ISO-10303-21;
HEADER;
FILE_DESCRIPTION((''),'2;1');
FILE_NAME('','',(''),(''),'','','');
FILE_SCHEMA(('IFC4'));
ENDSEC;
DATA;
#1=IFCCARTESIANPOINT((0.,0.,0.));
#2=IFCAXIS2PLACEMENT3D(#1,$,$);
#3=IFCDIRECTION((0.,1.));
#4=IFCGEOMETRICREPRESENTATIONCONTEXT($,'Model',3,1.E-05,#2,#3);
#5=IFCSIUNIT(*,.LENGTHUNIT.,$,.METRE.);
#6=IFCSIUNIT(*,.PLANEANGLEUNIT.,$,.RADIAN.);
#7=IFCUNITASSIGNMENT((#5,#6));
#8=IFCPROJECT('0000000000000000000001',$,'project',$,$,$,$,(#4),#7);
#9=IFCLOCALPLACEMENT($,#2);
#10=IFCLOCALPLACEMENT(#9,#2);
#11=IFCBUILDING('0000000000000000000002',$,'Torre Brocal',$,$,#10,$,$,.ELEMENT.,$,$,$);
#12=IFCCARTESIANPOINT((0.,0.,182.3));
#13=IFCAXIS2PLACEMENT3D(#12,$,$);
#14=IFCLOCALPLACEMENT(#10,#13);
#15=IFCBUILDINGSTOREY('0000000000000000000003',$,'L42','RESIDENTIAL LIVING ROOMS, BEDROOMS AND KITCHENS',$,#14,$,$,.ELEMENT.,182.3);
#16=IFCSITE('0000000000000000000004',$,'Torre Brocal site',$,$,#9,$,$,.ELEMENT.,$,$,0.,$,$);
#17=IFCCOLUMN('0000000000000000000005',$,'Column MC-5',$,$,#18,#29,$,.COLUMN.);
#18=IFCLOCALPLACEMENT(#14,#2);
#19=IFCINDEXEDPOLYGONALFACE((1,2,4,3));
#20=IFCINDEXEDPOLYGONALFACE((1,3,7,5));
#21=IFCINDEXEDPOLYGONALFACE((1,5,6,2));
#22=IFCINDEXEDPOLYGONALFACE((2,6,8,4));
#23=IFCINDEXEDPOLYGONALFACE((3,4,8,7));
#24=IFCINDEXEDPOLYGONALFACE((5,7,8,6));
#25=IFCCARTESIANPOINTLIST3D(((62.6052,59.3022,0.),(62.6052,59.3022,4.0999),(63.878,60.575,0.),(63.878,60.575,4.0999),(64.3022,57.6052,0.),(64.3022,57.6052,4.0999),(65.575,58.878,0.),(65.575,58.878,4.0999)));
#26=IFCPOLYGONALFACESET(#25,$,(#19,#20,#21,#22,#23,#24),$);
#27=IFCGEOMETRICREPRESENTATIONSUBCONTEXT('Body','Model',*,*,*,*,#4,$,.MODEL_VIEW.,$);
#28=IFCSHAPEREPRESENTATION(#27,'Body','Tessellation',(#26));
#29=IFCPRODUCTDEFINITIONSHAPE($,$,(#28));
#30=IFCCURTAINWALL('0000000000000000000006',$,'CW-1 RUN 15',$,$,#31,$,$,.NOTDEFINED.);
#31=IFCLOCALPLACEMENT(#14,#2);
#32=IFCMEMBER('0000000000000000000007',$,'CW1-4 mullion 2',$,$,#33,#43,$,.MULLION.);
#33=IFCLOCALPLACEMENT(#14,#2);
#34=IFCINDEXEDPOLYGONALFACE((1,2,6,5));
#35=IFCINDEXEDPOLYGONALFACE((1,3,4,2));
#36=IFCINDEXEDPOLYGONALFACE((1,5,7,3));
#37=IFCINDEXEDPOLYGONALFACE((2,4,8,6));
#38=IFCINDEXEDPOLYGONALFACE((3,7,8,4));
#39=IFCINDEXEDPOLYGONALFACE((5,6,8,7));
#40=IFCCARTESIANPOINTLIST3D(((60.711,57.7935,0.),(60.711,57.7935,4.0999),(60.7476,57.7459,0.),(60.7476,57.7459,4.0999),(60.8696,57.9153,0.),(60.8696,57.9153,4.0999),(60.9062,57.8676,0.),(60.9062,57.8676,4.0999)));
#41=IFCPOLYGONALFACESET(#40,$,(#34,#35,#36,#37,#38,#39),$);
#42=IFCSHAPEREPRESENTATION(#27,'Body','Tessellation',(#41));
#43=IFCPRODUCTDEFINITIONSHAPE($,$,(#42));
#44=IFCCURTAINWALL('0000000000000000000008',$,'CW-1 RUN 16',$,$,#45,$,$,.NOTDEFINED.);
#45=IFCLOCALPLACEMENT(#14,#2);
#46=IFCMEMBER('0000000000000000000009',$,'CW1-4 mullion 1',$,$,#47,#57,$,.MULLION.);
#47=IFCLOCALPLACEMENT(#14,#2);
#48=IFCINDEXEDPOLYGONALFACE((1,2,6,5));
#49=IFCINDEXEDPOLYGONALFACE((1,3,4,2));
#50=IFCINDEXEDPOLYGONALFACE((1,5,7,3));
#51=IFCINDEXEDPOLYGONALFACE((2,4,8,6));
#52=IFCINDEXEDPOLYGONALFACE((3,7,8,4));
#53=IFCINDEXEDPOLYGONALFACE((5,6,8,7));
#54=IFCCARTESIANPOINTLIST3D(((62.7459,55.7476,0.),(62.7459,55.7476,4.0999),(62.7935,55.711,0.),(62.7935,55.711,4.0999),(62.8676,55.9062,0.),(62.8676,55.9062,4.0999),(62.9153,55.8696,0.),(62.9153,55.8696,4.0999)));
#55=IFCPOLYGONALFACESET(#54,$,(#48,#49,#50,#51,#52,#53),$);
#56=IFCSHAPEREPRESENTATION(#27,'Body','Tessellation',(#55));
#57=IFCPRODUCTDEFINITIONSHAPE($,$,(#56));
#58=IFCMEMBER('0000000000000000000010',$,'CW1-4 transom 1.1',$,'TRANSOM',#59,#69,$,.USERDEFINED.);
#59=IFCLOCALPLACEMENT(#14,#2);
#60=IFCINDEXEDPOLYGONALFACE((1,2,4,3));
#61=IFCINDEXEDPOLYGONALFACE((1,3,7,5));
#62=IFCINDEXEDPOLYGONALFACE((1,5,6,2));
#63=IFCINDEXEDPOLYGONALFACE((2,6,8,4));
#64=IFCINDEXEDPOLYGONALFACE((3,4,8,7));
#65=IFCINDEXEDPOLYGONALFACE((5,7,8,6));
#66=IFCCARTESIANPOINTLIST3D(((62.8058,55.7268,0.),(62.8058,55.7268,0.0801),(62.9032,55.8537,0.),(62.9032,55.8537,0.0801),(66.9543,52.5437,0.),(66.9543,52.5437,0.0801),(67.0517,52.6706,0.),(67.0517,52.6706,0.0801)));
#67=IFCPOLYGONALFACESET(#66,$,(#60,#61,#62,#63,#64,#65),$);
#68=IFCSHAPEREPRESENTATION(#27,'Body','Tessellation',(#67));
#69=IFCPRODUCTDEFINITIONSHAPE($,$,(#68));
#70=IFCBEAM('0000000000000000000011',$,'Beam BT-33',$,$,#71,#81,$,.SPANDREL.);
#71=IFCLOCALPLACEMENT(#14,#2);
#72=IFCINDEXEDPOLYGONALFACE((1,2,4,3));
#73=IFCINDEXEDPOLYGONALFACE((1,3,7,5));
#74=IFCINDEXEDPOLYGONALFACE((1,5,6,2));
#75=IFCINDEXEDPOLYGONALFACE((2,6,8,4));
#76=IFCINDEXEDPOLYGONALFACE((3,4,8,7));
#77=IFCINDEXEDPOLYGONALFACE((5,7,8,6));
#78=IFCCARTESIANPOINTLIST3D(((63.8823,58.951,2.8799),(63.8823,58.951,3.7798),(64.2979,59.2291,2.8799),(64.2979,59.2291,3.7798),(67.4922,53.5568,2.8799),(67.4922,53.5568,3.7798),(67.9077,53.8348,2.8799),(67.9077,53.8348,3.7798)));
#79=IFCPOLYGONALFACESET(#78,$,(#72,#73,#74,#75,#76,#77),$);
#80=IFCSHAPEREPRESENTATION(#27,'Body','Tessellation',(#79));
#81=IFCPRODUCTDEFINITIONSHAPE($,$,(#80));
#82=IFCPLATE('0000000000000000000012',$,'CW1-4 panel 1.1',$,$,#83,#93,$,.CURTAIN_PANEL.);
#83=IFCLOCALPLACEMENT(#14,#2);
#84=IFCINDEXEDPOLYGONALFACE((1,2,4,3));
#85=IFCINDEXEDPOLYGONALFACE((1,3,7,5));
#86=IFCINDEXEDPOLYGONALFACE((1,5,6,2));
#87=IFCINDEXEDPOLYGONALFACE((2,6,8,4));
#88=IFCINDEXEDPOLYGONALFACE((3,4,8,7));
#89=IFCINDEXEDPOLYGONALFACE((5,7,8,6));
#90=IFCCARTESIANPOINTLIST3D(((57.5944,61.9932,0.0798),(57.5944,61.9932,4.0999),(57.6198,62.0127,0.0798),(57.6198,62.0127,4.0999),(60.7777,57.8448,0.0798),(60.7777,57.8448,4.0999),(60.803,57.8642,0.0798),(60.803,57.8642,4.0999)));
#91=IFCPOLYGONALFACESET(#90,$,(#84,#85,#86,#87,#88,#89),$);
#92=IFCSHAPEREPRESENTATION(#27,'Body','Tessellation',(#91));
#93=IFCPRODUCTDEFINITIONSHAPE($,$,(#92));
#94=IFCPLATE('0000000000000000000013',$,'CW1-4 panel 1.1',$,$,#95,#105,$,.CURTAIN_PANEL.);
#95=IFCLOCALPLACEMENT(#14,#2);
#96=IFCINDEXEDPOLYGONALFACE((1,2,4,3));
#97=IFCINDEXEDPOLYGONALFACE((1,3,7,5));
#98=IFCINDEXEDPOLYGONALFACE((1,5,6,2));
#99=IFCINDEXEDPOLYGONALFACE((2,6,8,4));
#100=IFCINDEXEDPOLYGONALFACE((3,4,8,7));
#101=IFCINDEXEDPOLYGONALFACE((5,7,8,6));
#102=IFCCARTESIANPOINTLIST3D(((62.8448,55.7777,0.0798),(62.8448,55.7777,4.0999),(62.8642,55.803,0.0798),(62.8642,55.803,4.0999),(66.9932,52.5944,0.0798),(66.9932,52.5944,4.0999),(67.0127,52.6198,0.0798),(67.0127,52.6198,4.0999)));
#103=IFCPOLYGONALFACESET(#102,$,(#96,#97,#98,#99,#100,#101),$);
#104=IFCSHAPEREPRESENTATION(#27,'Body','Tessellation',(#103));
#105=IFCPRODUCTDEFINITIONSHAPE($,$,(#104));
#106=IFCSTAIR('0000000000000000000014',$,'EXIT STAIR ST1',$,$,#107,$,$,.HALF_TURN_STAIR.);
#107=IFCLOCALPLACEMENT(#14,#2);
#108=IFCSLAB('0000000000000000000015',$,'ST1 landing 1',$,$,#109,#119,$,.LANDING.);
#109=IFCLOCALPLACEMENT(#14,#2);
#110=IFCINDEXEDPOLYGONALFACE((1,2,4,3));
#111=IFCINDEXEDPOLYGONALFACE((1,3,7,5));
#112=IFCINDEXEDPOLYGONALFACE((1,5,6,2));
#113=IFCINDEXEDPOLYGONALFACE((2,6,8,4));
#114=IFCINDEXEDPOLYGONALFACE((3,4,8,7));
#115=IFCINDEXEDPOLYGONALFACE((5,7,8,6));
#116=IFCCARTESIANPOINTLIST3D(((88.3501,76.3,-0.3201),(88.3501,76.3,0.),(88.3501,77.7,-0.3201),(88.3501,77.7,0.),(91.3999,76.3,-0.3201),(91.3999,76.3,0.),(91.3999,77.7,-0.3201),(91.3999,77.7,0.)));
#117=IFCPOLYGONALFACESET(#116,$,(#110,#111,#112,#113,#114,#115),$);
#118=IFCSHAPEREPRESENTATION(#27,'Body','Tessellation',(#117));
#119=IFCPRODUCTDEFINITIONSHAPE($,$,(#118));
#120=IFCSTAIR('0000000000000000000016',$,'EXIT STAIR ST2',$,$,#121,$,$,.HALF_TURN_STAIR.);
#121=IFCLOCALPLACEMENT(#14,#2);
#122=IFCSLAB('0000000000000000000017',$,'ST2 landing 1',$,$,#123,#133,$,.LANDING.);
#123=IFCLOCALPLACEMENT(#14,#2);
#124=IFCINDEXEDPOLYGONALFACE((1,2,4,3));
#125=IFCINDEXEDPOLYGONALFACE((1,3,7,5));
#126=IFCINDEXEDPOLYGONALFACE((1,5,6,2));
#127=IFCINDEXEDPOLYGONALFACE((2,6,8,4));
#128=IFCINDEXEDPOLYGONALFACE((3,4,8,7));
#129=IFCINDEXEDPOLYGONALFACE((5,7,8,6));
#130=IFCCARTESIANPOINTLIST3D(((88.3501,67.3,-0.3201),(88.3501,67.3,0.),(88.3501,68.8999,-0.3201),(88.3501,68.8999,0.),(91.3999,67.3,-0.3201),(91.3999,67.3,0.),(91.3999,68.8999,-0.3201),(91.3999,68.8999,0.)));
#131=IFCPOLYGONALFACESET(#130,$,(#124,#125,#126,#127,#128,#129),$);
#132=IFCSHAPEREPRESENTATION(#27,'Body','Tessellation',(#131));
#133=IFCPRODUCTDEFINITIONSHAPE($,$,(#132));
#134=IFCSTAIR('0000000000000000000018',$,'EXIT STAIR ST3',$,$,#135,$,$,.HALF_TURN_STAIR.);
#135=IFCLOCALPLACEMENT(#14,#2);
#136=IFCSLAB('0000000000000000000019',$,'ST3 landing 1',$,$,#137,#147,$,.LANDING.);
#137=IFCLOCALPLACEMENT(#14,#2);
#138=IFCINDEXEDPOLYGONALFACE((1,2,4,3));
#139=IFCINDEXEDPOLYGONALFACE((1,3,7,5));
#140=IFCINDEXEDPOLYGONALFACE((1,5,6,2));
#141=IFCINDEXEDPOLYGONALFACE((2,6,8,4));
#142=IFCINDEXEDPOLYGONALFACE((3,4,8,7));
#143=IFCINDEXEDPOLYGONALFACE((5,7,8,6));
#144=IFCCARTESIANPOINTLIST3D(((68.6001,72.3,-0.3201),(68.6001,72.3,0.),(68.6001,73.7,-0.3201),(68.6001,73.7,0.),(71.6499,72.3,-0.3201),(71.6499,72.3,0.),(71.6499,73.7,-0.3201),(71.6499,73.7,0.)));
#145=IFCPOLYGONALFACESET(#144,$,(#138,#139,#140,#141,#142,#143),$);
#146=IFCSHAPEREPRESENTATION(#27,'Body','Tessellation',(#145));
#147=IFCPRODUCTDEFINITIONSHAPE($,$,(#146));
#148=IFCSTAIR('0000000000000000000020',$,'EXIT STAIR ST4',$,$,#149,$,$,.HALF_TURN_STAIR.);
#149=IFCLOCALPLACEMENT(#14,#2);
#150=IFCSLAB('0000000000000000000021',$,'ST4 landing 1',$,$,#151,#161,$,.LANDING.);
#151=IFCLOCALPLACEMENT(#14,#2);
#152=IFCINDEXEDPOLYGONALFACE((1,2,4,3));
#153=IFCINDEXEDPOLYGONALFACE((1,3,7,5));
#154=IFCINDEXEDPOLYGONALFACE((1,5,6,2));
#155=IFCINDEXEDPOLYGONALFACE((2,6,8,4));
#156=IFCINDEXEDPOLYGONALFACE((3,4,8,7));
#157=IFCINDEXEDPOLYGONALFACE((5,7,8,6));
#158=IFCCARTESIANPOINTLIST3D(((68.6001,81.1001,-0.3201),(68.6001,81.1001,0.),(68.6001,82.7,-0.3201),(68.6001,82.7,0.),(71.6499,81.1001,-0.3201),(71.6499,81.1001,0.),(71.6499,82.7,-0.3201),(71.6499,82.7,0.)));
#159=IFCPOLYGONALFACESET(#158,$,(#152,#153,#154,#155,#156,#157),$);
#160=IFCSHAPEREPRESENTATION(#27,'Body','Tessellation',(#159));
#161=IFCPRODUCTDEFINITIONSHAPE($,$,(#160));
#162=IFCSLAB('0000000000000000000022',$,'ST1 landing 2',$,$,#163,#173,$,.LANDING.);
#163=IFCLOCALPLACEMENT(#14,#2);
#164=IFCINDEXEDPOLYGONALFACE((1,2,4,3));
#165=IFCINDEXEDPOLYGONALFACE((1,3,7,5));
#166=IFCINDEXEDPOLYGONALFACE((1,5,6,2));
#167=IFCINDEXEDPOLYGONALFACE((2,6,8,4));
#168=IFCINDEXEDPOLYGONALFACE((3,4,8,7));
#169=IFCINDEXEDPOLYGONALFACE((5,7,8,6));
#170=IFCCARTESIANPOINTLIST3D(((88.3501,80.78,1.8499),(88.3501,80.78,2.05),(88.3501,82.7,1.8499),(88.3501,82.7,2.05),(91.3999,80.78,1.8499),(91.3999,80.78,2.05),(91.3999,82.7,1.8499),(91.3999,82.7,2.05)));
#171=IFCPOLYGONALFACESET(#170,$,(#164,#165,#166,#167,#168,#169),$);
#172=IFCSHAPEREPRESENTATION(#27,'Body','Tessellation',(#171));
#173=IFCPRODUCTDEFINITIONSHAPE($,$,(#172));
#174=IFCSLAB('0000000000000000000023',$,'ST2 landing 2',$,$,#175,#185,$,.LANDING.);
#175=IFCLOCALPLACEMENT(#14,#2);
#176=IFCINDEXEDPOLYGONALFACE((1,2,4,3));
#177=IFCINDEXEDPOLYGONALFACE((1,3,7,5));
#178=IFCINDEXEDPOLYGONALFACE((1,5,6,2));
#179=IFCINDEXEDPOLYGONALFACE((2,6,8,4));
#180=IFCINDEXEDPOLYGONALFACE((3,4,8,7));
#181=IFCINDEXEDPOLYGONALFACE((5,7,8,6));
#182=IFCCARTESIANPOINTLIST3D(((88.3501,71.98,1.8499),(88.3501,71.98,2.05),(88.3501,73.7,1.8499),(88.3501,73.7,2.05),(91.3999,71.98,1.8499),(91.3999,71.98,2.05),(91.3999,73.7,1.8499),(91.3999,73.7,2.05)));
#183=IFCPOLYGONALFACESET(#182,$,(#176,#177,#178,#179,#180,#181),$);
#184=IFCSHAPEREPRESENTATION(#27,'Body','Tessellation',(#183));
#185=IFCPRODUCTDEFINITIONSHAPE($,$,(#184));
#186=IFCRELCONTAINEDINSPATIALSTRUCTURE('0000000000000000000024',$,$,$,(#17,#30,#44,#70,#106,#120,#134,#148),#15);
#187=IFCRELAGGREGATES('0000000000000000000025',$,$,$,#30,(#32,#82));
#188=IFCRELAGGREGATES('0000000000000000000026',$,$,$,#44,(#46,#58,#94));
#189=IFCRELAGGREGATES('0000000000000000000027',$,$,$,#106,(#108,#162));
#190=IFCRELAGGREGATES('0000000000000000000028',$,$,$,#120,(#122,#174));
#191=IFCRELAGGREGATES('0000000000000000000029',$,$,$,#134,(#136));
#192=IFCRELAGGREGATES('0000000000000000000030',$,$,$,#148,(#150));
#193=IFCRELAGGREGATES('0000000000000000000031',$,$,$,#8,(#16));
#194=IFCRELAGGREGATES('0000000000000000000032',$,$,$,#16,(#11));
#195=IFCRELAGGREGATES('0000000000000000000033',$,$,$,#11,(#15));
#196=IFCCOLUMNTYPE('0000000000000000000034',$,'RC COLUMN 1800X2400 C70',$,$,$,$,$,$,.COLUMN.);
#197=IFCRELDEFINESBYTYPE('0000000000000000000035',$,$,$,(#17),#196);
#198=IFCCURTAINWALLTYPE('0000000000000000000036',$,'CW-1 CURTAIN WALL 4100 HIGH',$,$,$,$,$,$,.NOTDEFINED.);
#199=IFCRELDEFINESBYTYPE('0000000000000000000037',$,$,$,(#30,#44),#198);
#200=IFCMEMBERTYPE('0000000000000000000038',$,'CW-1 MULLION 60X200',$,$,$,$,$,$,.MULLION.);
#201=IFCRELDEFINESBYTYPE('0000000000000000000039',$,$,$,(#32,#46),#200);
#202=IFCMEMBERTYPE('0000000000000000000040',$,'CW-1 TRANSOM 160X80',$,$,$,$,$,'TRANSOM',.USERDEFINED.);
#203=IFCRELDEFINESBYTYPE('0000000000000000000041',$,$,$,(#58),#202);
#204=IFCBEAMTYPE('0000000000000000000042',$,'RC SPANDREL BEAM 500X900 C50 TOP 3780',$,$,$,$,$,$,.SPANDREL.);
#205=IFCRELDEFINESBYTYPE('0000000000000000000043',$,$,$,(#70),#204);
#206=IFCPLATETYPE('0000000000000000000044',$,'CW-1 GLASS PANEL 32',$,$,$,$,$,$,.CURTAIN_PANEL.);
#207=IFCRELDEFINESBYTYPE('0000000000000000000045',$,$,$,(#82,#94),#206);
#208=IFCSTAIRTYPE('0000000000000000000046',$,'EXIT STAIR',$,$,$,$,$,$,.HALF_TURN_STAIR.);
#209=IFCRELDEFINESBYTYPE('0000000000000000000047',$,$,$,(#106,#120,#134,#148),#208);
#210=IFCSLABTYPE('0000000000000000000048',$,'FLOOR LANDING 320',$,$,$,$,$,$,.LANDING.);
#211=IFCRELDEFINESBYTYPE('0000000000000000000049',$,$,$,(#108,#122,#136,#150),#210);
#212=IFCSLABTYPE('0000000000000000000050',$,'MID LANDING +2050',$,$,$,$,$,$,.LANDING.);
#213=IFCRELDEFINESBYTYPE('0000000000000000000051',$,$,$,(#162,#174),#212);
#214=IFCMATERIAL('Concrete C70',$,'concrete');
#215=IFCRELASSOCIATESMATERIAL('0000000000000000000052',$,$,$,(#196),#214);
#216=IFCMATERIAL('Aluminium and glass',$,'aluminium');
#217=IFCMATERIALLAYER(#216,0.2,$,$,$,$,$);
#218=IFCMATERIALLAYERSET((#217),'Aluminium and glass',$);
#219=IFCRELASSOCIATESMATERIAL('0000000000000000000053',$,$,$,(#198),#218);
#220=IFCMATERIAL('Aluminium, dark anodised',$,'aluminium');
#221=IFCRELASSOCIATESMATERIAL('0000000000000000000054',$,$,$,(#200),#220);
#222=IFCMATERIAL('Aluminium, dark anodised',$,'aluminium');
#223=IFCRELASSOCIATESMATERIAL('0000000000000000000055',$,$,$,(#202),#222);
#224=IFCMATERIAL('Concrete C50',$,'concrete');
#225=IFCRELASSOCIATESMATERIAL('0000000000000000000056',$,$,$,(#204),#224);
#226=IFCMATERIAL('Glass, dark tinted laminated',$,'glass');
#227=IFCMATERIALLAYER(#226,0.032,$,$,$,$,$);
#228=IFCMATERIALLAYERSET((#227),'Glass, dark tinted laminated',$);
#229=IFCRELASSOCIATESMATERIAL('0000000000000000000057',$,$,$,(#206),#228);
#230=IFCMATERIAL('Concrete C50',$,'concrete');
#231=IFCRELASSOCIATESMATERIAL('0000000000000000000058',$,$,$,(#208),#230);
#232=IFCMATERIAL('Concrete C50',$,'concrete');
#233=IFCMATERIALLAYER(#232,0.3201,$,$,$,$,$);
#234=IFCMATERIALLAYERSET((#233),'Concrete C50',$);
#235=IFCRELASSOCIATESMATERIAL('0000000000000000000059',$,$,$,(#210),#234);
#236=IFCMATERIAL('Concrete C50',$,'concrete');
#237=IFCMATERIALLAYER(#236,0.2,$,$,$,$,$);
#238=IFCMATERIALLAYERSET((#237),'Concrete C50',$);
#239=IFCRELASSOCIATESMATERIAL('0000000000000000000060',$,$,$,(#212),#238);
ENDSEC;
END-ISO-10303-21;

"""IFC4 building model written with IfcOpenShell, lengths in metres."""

from ifc_helpers import new_model, si_unit, direction, frame, origin, origin_2d, place, context, subcontext, project, spatial, polyline, rectangle, outline, extrude, material, layer, layer_set, material_profile, profile_set, type_object, element, aggregate, save


model = new_model("IFC4")

# Units and contexts
model_context = context("Model", 3, precision=1e-05, world=origin(), true_north=direction((0.0, 1.0)))
body_context = subcontext(model_context, "Body", "Model", "MODEL_VIEW")
ifc_project = project(units=[si_unit("LENGTHUNIT", "METRE"), si_unit("PLANEANGLEUNIT", "RADIAN")], contexts=[model_context])

# Site, building, storey
site_placement = place(None, origin())
site = spatial("IfcSite", under=ifc_project, at=site_placement, Name="Torre Brocal site", CompositionType="ELEMENT", RefElevation=0.0)
building_placement = place(site_placement, origin())
building = spatial("IfcBuilding", under=site, at=building_placement, Name="Torre Brocal", CompositionType="ELEMENT")
storey_placement = place(building_placement, frame((0.0, 0.0, 182.3)))
storey = spatial("IfcBuildingStorey", under=building, at=storey_placement, Name="L42", Description="RESIDENTIAL LIVING ROOMS, BEDROOMS AND KITCHENS", CompositionType="ELEMENT", Elevation=182.3)

# Column
ifc_material_1 = material(Name="Concrete C70", Category="concrete")
ifc_material_profile_1 = material_profile(ifc_material_1, rectangle(XDim=1.8, YDim=2.3999, at=origin_2d()), Name="RC 1800X2400")
ifc_profile_set_1 = profile_set([ifc_material_profile_1], Name="Concrete C70")
column_type = type_object("IfcColumnType", Name="RC COLUMN 1800X2400 C70", PredefinedType="COLUMN", material=ifc_profile_set_1)
column_placement = place(storey_placement, frame((64.0901, 59.0901, 0.0), z_axis=(0.0, 0.0, 1.0), x_axis=(-0.707107, -0.707107, 0.0)))
element("IfcColumn", 1, at=column_placement, inside=storey, type_object=column_type, Name="Column MC-5", PredefinedType="COLUMN", context=body_context, shape_type="SweptSolid", body=[
    extrude(rectangle(XDim=1.8, YDim=2.3999, at=origin_2d()), origin(), (0.0, 0.0, 1.0), 4.0999),
])

# Curtain wall, member
ifc_material_2 = material(Name="Aluminium and glass", Category="aluminium")
ifc_layer_1 = layer(ifc_material_2, 0.2)
ifc_layer_set_1 = layer_set([ifc_layer_1], Name="Aluminium and glass")
curtain_wall_type = type_object("IfcCurtainWallType", Name="CW-1 CURTAIN WALL 4100 HIGH", PredefinedType="NOTDEFINED", material=ifc_layer_set_1)
curtain_wall_1_placement = place(storey_placement, origin())
curtain_wall_1 = element("IfcCurtainWall", 2, at=curtain_wall_1_placement, inside=storey, type_object=curtain_wall_type, Name="CW-1 RUN 15", PredefinedType="NOTDEFINED")
ifc_material_3 = material(Name="Aluminium, dark anodised", Category="aluminium")
ifc_material_profile_2 = material_profile(ifc_material_3, rectangle(XDim=0.2, YDim=0.0601, at=origin_2d()), Name="CW-1 MULLION 60X200")
ifc_profile_set_2 = profile_set([ifc_material_profile_2], Name="Aluminium, dark anodised")
member_type_1 = type_object("IfcMemberType", Name="CW-1 MULLION 60X200", PredefinedType="MULLION", material=ifc_profile_set_2)
member_1_placement = place(storey_placement, frame((60.8086, 57.8306, 0.0), z_axis=(0.0, 0.0, 1.0), x_axis=(0.793353, 0.608761, 0.0)))
member_1 = element("IfcMember", 3, at=member_1_placement, type_object=member_type_1, Name="CW1-4 mullion 2", PredefinedType="MULLION", context=body_context, shape_type="SweptSolid", body=[
    extrude(rectangle(XDim=0.2, YDim=0.0601, at=origin_2d()), origin(), (0.0, 0.0, 1.0), 4.0999),
])

# Curtain wall, members
curtain_wall_2_placement = place(storey_placement, origin())
curtain_wall_2 = element("IfcCurtainWall", 4, at=curtain_wall_2_placement, inside=storey, type_object=curtain_wall_type, Name="CW-1 RUN 16", PredefinedType="NOTDEFINED")
member_2_placement = place(storey_placement, frame((62.8306, 55.8086, 0.0), z_axis=(0.0, 0.0, 1.0), x_axis=(0.608761, 0.793353, 0.0)))
member_2 = element("IfcMember", 5, at=member_2_placement, type_object=member_type_1, Name="CW1-4 mullion 1", PredefinedType="MULLION", context=body_context, shape_type="SweptSolid", body=[
    extrude(rectangle(XDim=0.2, YDim=0.0601, at=origin_2d()), origin(), (0.0, 0.0, 1.0), 4.0999),
])
ifc_material_4 = material(Name="Aluminium, dark anodised", Category="aluminium")
ifc_material_profile_3 = material_profile(ifc_material_4, rectangle(XDim=0.1599, YDim=0.0801, at=origin_2d()), Name="CW-1 TRANSOM 160X80")
ifc_profile_set_3 = profile_set([ifc_material_profile_3], Name="Aluminium, dark anodised")
member_type_2 = type_object("IfcMemberType", Name="CW-1 TRANSOM 160X80", ElementType="TRANSOM", PredefinedType="USERDEFINED", material=ifc_profile_set_3)
member_3_placement = place(storey_placement, frame((62.8545, 55.7903, 0.04), z_axis=(0.793363, -0.608749, 0.0), x_axis=(0.608749, 0.793363, 0.0)))
member_3 = element("IfcMember", 6, at=member_3_placement, type_object=member_type_2, Name="CW1-4 transom 1.1", ObjectType="TRANSOM", PredefinedType="USERDEFINED", context=body_context, shape_type="SweptSolid", body=[
    extrude(rectangle(XDim=0.1599, YDim=0.0801, at=origin_2d()), origin(), (0.0, 0.0, 1.0), 5.229),
])

# Beam
ifc_material_5 = material(Name="Concrete C50", Category="concrete")
ifc_material_profile_4 = material_profile(ifc_material_5, rectangle(XDim=0.5, YDim=0.8999, at=origin_2d()), Name="RC 500X900")
ifc_profile_set_4 = profile_set([ifc_material_profile_4], Name="Concrete C50")
beam_type = type_object("IfcBeamType", Name="RC SPANDREL BEAM 500X900 C50 TOP 3780", PredefinedType="SPANDREL", material=ifc_profile_set_4)
beam_placement = place(storey_placement, frame((64.0901, 59.0901, 3.3298), z_axis=(0.556158, -0.831077, 0.0), x_axis=(0.831077, 0.556158, 0.0)))
element("IfcBeam", 7, at=beam_placement, inside=storey, type_object=beam_type, Name="Beam BT-33", PredefinedType="SPANDREL", context=body_context, shape_type="SweptSolid", body=[
    extrude(rectangle(XDim=0.5, YDim=0.8999, at=origin_2d()), origin(), (0.0, 0.0, 1.0), 6.4907),
])

# Plates
ifc_material_6 = material(Name="Glass, dark tinted laminated", Category="glass")
ifc_layer_2 = layer(ifc_material_6, 0.032)
ifc_layer_set_2 = layer_set([ifc_layer_2], Name="Glass, dark tinted laminated")
plate_type = type_object("IfcPlateType", Name="CW-1 GLASS PANEL 32", PredefinedType="CURTAIN_PANEL", material=ifc_layer_set_2)
plate_1_placement = place(storey_placement, frame((59.1987, 59.9287, 0.0798), z_axis=(0.0, 0.0, 1.0), x_axis=(0.608761, -0.793353, 0.0)))
plate_1 = element("IfcPlate", 8, at=plate_1_placement, type_object=plate_type, Name="CW1-4 panel 1.1", PredefinedType="CURTAIN_PANEL", context=body_context, shape_type="SweptSolid", body=[
    extrude(rectangle(XDim=5.229, YDim=0.032, at=origin_2d()), origin(), (0.0, 0.0, 1.0), 4.02),
])
aggregate(curtain_wall_1, [member_1, plate_1])
plate_2_placement = place(storey_placement, frame((64.9287, 54.1987, 0.0798), z_axis=(0.0, 0.0, 1.0), x_axis=(0.793353, -0.608761, 0.0)))
plate_2 = element("IfcPlate", 9, at=plate_2_placement, type_object=plate_type, Name="CW1-4 panel 1.1", PredefinedType="CURTAIN_PANEL", context=body_context, shape_type="SweptSolid", body=[
    extrude(rectangle(XDim=5.229, YDim=0.032, at=origin_2d()), origin(), (0.0, 0.0, 1.0), 4.02),
])
aggregate(curtain_wall_2, [member_2, member_3, plate_2])

# Stairs, slabs
ifc_material_7 = material(Name="Concrete C50", Category="concrete")
stair_type = type_object("IfcStairType", Name="EXIT STAIR", PredefinedType="HALF_TURN_STAIR", material=ifc_material_7)
stair_1_placement = place(storey_placement, origin())
stair_1 = element("IfcStair", 10, at=stair_1_placement, inside=storey, type_object=stair_type, Name="EXIT STAIR ST1", PredefinedType="HALF_TURN_STAIR")
ifc_material_8 = material(Name="Concrete C50", Category="concrete")
ifc_layer_3 = layer(ifc_material_8, 0.3201)
ifc_layer_set_3 = layer_set([ifc_layer_3], Name="Concrete C50")
slab_type_1 = type_object("IfcSlabType", Name="FLOOR LANDING 320", PredefinedType="LANDING", material=ifc_layer_set_3)
slab_1_placement = place(storey_placement, frame((0.0, 0.0, -0.3201)))
slab_1 = element("IfcSlab", 11, at=slab_1_placement, type_object=slab_type_1, Name="ST1 landing 1", PredefinedType="LANDING", context=body_context, shape_type="SweptSolid", body=[
    extrude(outline(polyline([(88.3501, 76.3), (91.3999, 76.3), (91.3999, 77.7), (88.3501, 77.7), (88.3501, 76.3)])), origin(), (0.0, 0.0, 1.0), 0.3201),
])
stair_2_placement = place(storey_placement, origin())
stair_2 = element("IfcStair", 12, at=stair_2_placement, inside=storey, type_object=stair_type, Name="EXIT STAIR ST2", PredefinedType="HALF_TURN_STAIR")
slab_2_placement = place(storey_placement, frame((0.0, 0.0, -0.3201)))
slab_2 = element("IfcSlab", 13, at=slab_2_placement, type_object=slab_type_1, Name="ST2 landing 1", PredefinedType="LANDING", context=body_context, shape_type="SweptSolid", body=[
    extrude(outline(polyline([(88.3501, 67.3), (91.3999, 67.3), (91.3999, 68.8999), (88.3501, 68.8999), (88.3501, 67.3)])), origin(), (0.0, 0.0, 1.0), 0.3201),
])
stair_3_placement = place(storey_placement, origin())
stair_3 = element("IfcStair", 14, at=stair_3_placement, inside=storey, type_object=stair_type, Name="EXIT STAIR ST3", PredefinedType="HALF_TURN_STAIR")
slab_3_placement = place(storey_placement, frame((0.0, 0.0, -0.3201)))
slab_3 = element("IfcSlab", 15, at=slab_3_placement, type_object=slab_type_1, Name="ST3 landing 1", PredefinedType="LANDING", context=body_context, shape_type="SweptSolid", body=[
    extrude(outline(polyline([(71.6499, 73.7), (68.6001, 73.7), (68.6001, 72.3), (71.6499, 72.3), (71.6499, 73.7)])), origin(), (0.0, 0.0, 1.0), 0.3201),
])
stair_4_placement = place(storey_placement, origin())
stair_4 = element("IfcStair", 16, at=stair_4_placement, inside=storey, type_object=stair_type, Name="EXIT STAIR ST4", PredefinedType="HALF_TURN_STAIR")
slab_4_placement = place(storey_placement, frame((0.0, 0.0, -0.3201)))
slab_4 = element("IfcSlab", 17, at=slab_4_placement, type_object=slab_type_1, Name="ST4 landing 1", PredefinedType="LANDING", context=body_context, shape_type="SweptSolid", body=[
    extrude(outline(polyline([(71.6499, 82.7), (68.6001, 82.7), (68.6001, 81.1001), (71.6499, 81.1001), (71.6499, 82.7)])), origin(), (0.0, 0.0, 1.0), 0.3201),
])

# Slabs
ifc_material_9 = material(Name="Concrete C50", Category="concrete")
ifc_layer_4 = layer(ifc_material_9, 0.2)
ifc_layer_set_4 = layer_set([ifc_layer_4], Name="Concrete C50")
slab_type_2 = type_object("IfcSlabType", Name="MID LANDING +2050", PredefinedType="LANDING", material=ifc_layer_set_4)
slab_5_placement = place(storey_placement, frame((0.0, 0.0, 1.8499)))
slab_5 = element("IfcSlab", 18, at=slab_5_placement, type_object=slab_type_2, Name="ST1 landing 2", PredefinedType="LANDING", context=body_context, shape_type="SweptSolid", body=[
    extrude(outline(polyline([(88.3501, 80.78), (91.3999, 80.78), (91.3999, 82.7), (88.3501, 82.7), (88.3501, 80.78)])), origin(), (0.0, 0.0, 1.0), 0.2002),
])
aggregate(stair_1, [slab_1, slab_5])
slab_6_placement = place(storey_placement, frame((0.0, 0.0, 1.8499)))
slab_6 = element("IfcSlab", 19, at=slab_6_placement, type_object=slab_type_2, Name="ST2 landing 2", PredefinedType="LANDING", context=body_context, shape_type="SweptSolid", body=[
    extrude(outline(polyline([(88.3501, 71.98), (91.3999, 71.98), (91.3999, 73.7), (88.3501, 73.7), (88.3501, 71.98)])), origin(), (0.0, 0.0, 1.0), 0.2002),
])
aggregate(stair_2, [slab_2, slab_6])
aggregate(stair_3, [slab_3])
aggregate(stair_4, [slab_4])

save(model, "model.ifc")
